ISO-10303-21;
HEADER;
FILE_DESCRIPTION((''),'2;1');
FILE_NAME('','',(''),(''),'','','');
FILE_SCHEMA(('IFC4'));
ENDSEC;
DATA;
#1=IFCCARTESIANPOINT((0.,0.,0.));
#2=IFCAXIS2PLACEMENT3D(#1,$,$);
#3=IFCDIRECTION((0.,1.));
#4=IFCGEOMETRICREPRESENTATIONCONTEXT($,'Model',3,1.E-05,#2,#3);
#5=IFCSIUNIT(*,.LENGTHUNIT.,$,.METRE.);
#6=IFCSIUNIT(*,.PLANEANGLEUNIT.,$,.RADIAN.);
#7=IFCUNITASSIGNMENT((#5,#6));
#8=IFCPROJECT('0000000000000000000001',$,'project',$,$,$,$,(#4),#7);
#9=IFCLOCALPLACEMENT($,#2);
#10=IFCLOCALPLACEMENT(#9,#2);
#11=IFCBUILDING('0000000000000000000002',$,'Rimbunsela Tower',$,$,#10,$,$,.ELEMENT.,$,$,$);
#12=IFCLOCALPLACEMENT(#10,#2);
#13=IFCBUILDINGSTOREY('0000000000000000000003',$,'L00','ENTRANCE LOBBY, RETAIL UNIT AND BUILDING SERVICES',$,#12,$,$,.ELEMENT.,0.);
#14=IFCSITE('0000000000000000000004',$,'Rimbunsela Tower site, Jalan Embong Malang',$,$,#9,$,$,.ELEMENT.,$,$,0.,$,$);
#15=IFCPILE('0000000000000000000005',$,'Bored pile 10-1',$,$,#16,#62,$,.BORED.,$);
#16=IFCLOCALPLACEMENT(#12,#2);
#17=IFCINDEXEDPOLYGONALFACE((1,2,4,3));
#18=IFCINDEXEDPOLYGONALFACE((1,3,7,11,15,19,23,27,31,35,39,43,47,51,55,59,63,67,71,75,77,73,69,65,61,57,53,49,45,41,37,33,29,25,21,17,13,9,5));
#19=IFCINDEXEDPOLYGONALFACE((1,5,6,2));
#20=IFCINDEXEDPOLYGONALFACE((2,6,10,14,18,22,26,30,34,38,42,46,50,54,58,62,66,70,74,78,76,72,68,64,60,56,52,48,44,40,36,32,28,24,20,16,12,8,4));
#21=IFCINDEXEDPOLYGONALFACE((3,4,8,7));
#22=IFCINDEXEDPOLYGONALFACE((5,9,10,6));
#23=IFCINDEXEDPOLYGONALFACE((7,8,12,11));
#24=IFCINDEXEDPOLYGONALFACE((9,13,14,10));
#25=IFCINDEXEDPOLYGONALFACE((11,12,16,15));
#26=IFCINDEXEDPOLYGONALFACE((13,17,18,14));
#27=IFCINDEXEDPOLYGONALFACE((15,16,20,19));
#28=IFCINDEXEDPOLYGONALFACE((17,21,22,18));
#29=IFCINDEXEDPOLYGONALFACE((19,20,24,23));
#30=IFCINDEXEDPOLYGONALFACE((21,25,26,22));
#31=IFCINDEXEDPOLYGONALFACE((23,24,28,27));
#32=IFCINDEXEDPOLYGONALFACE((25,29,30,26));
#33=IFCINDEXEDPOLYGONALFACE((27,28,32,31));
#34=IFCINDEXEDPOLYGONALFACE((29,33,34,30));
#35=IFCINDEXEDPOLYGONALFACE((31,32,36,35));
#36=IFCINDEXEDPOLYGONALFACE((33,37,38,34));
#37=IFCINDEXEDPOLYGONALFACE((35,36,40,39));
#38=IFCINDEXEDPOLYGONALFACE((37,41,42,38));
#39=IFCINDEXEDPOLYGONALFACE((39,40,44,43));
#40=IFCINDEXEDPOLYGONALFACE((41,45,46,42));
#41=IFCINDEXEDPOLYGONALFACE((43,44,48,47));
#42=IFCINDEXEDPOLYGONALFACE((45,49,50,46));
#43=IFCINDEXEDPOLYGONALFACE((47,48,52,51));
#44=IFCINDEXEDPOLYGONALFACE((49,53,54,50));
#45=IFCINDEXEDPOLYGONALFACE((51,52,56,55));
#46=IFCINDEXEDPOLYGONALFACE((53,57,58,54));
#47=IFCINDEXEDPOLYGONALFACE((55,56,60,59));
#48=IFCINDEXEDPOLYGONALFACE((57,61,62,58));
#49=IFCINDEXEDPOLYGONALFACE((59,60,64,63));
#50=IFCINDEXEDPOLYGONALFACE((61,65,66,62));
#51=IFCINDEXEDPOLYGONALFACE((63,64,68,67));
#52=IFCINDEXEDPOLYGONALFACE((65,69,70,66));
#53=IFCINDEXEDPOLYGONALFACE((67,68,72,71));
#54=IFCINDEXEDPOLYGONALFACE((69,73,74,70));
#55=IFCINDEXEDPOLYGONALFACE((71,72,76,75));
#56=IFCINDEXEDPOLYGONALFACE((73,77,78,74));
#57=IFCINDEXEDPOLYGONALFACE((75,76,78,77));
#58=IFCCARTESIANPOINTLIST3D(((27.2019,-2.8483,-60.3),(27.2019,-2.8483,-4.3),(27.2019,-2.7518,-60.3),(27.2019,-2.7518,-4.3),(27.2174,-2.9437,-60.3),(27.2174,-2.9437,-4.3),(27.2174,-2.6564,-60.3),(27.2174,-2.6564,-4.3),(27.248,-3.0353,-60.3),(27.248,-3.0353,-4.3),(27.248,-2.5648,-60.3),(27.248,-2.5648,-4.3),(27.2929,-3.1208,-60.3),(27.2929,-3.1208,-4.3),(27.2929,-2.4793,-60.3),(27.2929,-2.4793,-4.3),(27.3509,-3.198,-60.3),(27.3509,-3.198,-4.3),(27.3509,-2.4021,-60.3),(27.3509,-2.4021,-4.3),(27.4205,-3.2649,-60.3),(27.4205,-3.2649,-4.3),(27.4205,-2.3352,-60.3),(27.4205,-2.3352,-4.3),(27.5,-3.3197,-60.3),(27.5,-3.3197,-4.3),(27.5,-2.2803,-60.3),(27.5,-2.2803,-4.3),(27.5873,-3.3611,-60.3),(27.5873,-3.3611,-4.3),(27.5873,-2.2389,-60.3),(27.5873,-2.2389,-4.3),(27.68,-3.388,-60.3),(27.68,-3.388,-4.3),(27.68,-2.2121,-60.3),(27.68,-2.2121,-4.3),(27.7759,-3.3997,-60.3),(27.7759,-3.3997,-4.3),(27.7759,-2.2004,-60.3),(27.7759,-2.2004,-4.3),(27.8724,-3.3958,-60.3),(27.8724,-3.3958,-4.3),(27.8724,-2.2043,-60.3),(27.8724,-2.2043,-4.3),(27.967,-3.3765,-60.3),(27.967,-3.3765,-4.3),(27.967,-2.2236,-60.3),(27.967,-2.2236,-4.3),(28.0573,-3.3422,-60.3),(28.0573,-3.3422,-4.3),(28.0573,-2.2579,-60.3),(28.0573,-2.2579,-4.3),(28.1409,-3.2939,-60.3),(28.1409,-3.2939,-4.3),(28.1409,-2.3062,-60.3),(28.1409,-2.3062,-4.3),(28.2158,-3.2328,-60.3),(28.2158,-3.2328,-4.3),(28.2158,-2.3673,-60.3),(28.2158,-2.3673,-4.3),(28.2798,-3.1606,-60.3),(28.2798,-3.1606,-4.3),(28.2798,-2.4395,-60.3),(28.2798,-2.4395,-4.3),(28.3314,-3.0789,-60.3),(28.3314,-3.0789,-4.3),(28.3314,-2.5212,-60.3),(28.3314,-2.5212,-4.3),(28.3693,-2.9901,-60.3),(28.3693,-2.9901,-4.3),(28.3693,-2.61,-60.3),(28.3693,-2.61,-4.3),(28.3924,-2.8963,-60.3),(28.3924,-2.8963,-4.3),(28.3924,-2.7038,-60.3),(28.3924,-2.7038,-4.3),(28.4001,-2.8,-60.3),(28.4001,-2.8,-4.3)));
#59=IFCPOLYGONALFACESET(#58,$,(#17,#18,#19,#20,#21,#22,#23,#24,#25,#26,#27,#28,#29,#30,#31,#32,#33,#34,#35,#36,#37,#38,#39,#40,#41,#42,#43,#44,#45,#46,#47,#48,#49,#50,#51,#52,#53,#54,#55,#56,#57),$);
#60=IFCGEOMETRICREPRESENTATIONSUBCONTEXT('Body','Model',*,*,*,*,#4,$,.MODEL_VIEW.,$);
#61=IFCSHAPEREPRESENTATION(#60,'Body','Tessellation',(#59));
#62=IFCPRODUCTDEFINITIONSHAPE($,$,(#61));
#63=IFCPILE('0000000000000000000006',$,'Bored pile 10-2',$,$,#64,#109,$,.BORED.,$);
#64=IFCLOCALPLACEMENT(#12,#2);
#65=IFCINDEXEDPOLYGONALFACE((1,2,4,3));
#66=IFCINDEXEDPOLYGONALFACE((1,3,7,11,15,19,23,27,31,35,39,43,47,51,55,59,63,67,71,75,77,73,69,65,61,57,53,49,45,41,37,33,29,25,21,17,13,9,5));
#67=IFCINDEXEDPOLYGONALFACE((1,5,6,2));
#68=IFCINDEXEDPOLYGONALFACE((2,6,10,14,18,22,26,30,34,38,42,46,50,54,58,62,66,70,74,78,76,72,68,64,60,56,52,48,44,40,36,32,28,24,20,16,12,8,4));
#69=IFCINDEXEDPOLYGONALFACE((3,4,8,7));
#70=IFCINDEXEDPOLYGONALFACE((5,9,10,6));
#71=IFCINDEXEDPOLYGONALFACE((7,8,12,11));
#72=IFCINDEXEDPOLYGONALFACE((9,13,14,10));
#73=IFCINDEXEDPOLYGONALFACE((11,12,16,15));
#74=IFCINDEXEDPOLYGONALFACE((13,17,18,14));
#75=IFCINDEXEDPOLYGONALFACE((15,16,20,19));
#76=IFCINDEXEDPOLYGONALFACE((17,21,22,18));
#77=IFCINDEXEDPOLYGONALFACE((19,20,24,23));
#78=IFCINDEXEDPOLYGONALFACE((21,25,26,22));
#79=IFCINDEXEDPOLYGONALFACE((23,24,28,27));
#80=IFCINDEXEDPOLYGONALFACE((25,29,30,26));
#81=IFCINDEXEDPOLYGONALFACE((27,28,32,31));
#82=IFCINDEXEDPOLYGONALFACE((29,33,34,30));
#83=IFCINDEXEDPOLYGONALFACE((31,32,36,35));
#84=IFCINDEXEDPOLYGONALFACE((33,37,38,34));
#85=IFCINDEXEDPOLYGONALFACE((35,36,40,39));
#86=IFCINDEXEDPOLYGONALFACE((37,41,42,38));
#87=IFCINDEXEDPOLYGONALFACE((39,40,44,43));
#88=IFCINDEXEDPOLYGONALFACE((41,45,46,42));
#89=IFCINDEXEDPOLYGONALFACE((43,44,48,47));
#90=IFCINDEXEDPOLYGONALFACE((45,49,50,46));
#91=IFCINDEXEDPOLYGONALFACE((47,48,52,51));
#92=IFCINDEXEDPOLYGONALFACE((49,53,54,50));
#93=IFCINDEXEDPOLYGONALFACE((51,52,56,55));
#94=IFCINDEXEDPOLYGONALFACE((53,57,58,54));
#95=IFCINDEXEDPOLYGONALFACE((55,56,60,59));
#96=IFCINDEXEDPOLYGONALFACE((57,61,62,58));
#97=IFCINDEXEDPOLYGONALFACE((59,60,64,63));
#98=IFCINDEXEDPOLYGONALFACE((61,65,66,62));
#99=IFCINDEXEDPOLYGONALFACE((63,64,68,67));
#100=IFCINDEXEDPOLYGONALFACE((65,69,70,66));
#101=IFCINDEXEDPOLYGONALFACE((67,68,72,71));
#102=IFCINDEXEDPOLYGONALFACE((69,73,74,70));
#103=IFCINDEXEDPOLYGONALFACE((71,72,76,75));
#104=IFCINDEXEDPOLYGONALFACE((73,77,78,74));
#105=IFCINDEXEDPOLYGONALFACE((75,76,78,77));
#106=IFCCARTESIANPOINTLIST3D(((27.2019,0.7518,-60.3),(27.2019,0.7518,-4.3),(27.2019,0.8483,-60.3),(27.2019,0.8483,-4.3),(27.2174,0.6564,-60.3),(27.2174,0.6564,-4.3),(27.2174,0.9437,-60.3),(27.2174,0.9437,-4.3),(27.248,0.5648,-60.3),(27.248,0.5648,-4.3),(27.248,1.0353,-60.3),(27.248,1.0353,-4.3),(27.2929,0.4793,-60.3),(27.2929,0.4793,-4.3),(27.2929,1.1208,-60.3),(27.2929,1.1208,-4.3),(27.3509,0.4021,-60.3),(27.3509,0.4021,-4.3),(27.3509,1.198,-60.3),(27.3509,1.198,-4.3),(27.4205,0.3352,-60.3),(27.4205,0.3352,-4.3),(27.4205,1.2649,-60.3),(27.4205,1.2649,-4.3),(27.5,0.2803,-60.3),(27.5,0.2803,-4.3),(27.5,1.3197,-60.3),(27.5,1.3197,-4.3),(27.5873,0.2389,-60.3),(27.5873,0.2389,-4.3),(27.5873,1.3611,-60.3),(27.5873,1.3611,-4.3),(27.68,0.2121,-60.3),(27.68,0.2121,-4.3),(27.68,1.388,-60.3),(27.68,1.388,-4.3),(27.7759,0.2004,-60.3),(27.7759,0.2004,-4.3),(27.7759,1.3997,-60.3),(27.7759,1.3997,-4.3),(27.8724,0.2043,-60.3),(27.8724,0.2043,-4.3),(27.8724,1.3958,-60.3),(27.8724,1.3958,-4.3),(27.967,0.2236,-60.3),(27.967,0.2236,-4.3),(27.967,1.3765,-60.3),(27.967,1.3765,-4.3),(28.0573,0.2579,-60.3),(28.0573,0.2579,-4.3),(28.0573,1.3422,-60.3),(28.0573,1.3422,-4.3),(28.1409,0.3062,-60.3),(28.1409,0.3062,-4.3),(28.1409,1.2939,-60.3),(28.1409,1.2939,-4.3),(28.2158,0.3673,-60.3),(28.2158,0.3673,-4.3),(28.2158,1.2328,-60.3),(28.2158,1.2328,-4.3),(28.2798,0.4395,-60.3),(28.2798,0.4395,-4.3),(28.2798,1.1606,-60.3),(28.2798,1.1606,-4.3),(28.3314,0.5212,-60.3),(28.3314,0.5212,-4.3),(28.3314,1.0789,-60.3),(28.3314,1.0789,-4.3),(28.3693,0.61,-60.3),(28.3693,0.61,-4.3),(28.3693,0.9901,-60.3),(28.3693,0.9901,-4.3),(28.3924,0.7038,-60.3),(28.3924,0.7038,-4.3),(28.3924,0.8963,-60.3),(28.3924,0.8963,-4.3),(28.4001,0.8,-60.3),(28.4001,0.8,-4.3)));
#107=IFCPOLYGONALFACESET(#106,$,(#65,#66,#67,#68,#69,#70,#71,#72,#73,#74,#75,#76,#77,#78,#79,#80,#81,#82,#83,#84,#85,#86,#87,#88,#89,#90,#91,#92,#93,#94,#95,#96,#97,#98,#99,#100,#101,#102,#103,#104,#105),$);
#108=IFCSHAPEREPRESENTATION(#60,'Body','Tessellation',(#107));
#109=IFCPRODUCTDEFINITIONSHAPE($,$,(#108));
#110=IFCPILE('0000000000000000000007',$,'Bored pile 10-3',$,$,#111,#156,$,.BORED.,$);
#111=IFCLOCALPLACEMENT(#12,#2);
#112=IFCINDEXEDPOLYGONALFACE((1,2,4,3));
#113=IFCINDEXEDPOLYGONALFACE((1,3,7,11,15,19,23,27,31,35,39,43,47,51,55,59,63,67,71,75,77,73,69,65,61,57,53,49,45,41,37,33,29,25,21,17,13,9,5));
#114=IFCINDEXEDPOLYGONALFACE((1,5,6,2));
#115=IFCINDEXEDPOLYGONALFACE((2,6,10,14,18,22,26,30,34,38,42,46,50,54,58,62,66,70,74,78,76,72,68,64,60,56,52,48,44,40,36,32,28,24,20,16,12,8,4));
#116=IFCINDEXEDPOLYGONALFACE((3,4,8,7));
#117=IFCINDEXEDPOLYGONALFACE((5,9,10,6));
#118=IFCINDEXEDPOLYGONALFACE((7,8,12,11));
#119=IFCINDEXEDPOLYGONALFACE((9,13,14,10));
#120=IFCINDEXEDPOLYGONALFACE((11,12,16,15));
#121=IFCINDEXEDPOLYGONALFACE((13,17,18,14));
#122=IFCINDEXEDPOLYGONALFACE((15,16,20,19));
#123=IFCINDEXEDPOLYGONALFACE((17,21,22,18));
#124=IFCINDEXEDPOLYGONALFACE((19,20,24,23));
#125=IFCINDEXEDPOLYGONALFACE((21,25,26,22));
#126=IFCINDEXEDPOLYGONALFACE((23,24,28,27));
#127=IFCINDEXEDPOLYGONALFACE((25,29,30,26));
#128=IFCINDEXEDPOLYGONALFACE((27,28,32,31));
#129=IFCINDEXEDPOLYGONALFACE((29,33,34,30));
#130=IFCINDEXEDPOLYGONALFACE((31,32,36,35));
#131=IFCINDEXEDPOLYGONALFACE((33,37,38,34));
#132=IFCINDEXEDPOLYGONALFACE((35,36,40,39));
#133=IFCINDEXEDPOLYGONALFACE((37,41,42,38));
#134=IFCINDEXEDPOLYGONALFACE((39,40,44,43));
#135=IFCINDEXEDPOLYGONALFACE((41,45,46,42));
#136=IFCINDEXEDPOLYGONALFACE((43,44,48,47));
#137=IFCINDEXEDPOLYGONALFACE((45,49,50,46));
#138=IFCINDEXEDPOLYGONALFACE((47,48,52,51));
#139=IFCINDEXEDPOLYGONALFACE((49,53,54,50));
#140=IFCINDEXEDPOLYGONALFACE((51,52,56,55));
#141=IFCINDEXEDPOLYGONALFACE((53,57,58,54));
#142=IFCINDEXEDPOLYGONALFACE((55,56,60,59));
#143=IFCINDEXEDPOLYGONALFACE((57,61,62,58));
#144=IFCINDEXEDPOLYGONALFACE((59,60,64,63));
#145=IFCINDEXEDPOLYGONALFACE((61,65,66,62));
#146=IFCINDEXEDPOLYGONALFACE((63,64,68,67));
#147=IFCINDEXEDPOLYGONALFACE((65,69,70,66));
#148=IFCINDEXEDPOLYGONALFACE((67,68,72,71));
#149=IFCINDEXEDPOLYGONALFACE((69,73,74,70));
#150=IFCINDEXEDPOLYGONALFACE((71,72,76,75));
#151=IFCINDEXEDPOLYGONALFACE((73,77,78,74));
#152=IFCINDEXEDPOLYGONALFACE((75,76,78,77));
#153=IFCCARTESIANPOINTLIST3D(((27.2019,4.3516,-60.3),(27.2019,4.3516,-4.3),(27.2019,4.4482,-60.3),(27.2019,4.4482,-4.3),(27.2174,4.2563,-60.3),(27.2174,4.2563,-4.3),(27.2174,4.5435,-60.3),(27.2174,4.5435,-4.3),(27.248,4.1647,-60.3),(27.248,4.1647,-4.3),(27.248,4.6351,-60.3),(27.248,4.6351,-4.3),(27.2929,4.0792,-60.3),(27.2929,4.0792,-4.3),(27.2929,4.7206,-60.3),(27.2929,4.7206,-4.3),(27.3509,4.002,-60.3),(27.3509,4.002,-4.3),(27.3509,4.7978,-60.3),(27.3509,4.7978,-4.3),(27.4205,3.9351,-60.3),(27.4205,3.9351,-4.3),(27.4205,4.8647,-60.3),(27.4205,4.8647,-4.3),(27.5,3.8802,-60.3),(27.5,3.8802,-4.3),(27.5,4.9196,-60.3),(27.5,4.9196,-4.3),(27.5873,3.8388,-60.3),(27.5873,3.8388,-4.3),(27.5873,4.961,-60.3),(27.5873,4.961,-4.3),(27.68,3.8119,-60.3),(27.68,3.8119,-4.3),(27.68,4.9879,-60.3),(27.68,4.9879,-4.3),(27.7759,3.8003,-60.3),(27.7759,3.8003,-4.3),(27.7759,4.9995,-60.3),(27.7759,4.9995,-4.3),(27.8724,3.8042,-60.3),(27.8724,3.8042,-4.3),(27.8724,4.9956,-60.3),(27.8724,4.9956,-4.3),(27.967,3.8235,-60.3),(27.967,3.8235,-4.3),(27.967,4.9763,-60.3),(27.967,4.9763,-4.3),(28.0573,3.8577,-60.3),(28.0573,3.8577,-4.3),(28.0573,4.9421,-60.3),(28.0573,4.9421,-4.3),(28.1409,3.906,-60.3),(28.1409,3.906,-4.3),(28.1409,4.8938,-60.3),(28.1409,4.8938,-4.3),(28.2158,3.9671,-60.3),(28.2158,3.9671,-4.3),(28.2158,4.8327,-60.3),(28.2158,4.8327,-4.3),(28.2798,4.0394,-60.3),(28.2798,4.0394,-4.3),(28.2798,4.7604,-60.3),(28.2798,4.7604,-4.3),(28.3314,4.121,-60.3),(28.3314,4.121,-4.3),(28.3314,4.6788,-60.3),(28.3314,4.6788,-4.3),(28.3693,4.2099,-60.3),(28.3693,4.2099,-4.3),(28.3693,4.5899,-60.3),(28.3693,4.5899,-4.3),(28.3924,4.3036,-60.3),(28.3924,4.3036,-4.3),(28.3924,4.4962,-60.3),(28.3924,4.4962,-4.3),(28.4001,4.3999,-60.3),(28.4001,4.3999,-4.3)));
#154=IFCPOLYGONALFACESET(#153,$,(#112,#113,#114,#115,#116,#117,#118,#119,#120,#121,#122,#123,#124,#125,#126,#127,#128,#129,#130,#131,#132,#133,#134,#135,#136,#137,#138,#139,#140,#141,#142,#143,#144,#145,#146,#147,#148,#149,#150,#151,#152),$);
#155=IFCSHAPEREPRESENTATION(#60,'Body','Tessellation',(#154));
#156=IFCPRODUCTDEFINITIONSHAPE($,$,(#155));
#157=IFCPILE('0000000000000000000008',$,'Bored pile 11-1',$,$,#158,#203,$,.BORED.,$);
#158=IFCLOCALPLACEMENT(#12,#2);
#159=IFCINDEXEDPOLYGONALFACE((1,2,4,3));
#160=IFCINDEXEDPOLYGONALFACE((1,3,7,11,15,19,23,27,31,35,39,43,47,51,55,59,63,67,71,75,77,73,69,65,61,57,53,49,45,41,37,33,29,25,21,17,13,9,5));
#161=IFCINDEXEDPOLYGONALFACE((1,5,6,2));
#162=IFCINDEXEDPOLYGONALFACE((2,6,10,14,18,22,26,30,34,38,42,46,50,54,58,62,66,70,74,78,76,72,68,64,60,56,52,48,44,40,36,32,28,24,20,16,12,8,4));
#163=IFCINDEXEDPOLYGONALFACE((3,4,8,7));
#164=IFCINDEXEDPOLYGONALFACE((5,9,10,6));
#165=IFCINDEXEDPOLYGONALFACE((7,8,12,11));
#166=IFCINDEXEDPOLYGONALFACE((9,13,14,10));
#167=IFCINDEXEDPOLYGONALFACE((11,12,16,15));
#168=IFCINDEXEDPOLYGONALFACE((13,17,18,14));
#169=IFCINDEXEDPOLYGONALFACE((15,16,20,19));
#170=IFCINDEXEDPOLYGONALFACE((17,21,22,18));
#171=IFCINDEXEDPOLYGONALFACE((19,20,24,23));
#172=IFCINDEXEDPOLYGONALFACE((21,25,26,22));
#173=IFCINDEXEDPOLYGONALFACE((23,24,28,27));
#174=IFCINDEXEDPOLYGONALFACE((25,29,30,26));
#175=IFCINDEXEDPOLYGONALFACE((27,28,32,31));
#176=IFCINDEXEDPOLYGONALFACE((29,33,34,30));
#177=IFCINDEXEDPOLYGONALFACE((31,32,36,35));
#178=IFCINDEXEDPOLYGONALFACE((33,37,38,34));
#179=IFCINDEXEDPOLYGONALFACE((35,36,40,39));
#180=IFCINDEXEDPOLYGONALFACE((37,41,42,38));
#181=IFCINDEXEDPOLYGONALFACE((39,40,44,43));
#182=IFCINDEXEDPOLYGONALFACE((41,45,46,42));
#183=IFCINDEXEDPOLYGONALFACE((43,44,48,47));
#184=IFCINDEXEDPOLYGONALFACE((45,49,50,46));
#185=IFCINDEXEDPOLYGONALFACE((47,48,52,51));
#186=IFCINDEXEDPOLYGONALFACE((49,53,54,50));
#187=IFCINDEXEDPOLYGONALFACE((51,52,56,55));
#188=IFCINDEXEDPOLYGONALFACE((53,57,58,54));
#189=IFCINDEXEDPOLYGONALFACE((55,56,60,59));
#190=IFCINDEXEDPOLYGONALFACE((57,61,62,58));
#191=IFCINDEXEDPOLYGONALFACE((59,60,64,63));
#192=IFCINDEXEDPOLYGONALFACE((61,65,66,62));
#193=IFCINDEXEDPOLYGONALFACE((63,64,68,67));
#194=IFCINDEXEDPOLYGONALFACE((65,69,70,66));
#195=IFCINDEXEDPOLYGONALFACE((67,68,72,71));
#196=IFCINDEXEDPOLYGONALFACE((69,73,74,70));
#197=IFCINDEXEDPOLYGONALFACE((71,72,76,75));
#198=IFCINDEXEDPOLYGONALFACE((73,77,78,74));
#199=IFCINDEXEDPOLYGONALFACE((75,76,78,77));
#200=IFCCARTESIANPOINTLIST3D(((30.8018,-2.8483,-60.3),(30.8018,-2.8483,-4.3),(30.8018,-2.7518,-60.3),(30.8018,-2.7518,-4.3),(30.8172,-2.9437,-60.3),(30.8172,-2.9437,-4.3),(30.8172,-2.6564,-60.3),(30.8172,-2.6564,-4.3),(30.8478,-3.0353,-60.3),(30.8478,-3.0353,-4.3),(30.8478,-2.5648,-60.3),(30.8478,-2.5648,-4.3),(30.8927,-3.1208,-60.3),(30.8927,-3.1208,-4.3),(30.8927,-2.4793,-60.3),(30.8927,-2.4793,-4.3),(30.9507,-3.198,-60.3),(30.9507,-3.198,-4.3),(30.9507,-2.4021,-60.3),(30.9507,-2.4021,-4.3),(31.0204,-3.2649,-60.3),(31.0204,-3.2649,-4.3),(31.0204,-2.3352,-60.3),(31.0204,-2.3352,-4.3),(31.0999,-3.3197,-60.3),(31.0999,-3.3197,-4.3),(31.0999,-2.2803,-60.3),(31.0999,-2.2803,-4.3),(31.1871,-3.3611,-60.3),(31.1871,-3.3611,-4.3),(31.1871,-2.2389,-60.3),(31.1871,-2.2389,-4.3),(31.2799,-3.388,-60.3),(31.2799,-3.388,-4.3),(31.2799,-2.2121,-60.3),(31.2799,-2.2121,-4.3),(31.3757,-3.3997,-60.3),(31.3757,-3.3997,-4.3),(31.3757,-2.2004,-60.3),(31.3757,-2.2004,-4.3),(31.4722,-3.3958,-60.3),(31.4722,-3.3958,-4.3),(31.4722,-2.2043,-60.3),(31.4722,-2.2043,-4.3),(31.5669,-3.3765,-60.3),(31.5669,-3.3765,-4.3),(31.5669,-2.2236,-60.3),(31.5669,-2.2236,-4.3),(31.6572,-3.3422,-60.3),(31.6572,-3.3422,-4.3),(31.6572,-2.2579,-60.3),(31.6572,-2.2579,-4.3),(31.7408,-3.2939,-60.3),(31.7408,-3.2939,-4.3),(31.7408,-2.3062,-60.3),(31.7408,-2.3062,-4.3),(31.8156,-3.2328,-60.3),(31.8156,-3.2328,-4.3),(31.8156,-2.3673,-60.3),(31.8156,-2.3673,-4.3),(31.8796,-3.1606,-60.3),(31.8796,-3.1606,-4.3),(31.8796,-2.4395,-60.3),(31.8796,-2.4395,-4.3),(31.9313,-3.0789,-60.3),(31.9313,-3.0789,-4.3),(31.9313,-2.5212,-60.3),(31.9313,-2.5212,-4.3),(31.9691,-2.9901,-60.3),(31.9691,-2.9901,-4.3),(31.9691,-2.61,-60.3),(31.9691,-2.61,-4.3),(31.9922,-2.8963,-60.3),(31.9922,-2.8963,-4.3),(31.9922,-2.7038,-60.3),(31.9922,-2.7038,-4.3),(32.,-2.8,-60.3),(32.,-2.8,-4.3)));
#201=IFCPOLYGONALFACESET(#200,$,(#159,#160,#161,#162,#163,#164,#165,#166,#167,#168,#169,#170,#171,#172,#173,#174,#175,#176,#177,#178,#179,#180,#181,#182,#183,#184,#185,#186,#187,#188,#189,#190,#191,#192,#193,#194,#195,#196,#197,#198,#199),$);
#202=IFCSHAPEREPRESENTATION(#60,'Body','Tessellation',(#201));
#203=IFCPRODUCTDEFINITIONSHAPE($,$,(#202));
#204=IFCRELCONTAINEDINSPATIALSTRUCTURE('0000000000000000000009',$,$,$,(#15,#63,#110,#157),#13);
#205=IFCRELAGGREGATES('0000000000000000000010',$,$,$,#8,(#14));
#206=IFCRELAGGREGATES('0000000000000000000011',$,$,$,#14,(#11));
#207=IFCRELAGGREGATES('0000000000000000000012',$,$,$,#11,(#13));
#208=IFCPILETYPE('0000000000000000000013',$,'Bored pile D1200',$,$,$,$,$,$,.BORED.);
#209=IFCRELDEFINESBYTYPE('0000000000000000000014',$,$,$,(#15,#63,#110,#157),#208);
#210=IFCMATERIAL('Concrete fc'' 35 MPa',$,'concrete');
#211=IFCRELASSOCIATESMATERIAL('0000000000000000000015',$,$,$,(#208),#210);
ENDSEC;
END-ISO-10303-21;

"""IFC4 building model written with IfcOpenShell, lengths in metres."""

from ifc_helpers import new_model, si_unit, direction, frame, origin, origin_2d, place, context, subcontext, project, spatial, circle, extrude, material, material_profile, profile_set, type_object, element, save


model = new_model("IFC4")

# Units and contexts
model_context = context("Model", 3, precision=1e-05, world=origin(), true_north=direction((0.0, 1.0)))
body_context = subcontext(model_context, "Body", "Model", "MODEL_VIEW")
ifc_project = project(units=[si_unit("LENGTHUNIT", "METRE"), si_unit("PLANEANGLEUNIT", "RADIAN")], contexts=[model_context])

# Site, building, storey
site_placement = place(None, origin())
site = spatial("IfcSite", under=ifc_project, at=site_placement, Name="Rimbunsela Tower site, Jalan Embong Malang", CompositionType="ELEMENT", RefElevation=0.0)
building_placement = place(site_placement, origin())
building = spatial("IfcBuilding", under=site, at=building_placement, Name="Rimbunsela Tower", CompositionType="ELEMENT")
storey_placement = place(building_placement, origin())
storey = spatial("IfcBuildingStorey", under=building, at=storey_placement, Name="L00", Description="ENTRANCE LOBBY, RETAIL UNIT AND BUILDING SERVICES", CompositionType="ELEMENT", Elevation=0.0)

# Piles
ifc_material_1 = material(Name="Concrete fc' 35 MPa", Category="concrete")
ifc_material_profile_1 = material_profile(ifc_material_1, circle(Radius=0.6001, at=origin_2d()), Name="BP D1200")
ifc_profile_set_1 = profile_set([ifc_material_profile_1], Name="Concrete fc' 35 MPa")
pile_type = type_object("IfcPileType", Name="Bored pile D1200", PredefinedType="BORED", material=ifc_profile_set_1)
for number, where, z_axis, x_axis, name in (
    (1, (27.8, -2.8, -4.3), (0.0, 0.0, -1.0), (1.0, 0.0, 0.0), "Bored pile 10-1"),
    (2, (27.8, 0.8, -4.3), (0.0, 0.0, -1.0), (1.0, 0.0, 0.0), "Bored pile 10-2"),
    (3, (27.8, 4.3999, -4.3), (0.0, 0.0, -1.0), (1.0, 0.0, 0.0), "Bored pile 10-3"),
    (4, (31.3999, -2.8, -4.3), (0.0, 0.0, -1.0), (1.0, 0.0, 0.0), "Bored pile 11-1"),
):
    element("IfcPile", number, at=place(storey_placement, frame(where, z_axis=z_axis, x_axis=x_axis)), inside=storey, type_object=pile_type, Name=name, PredefinedType="BORED", context=body_context, shape_type="SweptSolid", body=[
        extrude(circle(Radius=0.6001, at=origin_2d()), origin(), (0.0, 0.0, 1.0), 56.0),
    ])

save(model, "model.ifc")
